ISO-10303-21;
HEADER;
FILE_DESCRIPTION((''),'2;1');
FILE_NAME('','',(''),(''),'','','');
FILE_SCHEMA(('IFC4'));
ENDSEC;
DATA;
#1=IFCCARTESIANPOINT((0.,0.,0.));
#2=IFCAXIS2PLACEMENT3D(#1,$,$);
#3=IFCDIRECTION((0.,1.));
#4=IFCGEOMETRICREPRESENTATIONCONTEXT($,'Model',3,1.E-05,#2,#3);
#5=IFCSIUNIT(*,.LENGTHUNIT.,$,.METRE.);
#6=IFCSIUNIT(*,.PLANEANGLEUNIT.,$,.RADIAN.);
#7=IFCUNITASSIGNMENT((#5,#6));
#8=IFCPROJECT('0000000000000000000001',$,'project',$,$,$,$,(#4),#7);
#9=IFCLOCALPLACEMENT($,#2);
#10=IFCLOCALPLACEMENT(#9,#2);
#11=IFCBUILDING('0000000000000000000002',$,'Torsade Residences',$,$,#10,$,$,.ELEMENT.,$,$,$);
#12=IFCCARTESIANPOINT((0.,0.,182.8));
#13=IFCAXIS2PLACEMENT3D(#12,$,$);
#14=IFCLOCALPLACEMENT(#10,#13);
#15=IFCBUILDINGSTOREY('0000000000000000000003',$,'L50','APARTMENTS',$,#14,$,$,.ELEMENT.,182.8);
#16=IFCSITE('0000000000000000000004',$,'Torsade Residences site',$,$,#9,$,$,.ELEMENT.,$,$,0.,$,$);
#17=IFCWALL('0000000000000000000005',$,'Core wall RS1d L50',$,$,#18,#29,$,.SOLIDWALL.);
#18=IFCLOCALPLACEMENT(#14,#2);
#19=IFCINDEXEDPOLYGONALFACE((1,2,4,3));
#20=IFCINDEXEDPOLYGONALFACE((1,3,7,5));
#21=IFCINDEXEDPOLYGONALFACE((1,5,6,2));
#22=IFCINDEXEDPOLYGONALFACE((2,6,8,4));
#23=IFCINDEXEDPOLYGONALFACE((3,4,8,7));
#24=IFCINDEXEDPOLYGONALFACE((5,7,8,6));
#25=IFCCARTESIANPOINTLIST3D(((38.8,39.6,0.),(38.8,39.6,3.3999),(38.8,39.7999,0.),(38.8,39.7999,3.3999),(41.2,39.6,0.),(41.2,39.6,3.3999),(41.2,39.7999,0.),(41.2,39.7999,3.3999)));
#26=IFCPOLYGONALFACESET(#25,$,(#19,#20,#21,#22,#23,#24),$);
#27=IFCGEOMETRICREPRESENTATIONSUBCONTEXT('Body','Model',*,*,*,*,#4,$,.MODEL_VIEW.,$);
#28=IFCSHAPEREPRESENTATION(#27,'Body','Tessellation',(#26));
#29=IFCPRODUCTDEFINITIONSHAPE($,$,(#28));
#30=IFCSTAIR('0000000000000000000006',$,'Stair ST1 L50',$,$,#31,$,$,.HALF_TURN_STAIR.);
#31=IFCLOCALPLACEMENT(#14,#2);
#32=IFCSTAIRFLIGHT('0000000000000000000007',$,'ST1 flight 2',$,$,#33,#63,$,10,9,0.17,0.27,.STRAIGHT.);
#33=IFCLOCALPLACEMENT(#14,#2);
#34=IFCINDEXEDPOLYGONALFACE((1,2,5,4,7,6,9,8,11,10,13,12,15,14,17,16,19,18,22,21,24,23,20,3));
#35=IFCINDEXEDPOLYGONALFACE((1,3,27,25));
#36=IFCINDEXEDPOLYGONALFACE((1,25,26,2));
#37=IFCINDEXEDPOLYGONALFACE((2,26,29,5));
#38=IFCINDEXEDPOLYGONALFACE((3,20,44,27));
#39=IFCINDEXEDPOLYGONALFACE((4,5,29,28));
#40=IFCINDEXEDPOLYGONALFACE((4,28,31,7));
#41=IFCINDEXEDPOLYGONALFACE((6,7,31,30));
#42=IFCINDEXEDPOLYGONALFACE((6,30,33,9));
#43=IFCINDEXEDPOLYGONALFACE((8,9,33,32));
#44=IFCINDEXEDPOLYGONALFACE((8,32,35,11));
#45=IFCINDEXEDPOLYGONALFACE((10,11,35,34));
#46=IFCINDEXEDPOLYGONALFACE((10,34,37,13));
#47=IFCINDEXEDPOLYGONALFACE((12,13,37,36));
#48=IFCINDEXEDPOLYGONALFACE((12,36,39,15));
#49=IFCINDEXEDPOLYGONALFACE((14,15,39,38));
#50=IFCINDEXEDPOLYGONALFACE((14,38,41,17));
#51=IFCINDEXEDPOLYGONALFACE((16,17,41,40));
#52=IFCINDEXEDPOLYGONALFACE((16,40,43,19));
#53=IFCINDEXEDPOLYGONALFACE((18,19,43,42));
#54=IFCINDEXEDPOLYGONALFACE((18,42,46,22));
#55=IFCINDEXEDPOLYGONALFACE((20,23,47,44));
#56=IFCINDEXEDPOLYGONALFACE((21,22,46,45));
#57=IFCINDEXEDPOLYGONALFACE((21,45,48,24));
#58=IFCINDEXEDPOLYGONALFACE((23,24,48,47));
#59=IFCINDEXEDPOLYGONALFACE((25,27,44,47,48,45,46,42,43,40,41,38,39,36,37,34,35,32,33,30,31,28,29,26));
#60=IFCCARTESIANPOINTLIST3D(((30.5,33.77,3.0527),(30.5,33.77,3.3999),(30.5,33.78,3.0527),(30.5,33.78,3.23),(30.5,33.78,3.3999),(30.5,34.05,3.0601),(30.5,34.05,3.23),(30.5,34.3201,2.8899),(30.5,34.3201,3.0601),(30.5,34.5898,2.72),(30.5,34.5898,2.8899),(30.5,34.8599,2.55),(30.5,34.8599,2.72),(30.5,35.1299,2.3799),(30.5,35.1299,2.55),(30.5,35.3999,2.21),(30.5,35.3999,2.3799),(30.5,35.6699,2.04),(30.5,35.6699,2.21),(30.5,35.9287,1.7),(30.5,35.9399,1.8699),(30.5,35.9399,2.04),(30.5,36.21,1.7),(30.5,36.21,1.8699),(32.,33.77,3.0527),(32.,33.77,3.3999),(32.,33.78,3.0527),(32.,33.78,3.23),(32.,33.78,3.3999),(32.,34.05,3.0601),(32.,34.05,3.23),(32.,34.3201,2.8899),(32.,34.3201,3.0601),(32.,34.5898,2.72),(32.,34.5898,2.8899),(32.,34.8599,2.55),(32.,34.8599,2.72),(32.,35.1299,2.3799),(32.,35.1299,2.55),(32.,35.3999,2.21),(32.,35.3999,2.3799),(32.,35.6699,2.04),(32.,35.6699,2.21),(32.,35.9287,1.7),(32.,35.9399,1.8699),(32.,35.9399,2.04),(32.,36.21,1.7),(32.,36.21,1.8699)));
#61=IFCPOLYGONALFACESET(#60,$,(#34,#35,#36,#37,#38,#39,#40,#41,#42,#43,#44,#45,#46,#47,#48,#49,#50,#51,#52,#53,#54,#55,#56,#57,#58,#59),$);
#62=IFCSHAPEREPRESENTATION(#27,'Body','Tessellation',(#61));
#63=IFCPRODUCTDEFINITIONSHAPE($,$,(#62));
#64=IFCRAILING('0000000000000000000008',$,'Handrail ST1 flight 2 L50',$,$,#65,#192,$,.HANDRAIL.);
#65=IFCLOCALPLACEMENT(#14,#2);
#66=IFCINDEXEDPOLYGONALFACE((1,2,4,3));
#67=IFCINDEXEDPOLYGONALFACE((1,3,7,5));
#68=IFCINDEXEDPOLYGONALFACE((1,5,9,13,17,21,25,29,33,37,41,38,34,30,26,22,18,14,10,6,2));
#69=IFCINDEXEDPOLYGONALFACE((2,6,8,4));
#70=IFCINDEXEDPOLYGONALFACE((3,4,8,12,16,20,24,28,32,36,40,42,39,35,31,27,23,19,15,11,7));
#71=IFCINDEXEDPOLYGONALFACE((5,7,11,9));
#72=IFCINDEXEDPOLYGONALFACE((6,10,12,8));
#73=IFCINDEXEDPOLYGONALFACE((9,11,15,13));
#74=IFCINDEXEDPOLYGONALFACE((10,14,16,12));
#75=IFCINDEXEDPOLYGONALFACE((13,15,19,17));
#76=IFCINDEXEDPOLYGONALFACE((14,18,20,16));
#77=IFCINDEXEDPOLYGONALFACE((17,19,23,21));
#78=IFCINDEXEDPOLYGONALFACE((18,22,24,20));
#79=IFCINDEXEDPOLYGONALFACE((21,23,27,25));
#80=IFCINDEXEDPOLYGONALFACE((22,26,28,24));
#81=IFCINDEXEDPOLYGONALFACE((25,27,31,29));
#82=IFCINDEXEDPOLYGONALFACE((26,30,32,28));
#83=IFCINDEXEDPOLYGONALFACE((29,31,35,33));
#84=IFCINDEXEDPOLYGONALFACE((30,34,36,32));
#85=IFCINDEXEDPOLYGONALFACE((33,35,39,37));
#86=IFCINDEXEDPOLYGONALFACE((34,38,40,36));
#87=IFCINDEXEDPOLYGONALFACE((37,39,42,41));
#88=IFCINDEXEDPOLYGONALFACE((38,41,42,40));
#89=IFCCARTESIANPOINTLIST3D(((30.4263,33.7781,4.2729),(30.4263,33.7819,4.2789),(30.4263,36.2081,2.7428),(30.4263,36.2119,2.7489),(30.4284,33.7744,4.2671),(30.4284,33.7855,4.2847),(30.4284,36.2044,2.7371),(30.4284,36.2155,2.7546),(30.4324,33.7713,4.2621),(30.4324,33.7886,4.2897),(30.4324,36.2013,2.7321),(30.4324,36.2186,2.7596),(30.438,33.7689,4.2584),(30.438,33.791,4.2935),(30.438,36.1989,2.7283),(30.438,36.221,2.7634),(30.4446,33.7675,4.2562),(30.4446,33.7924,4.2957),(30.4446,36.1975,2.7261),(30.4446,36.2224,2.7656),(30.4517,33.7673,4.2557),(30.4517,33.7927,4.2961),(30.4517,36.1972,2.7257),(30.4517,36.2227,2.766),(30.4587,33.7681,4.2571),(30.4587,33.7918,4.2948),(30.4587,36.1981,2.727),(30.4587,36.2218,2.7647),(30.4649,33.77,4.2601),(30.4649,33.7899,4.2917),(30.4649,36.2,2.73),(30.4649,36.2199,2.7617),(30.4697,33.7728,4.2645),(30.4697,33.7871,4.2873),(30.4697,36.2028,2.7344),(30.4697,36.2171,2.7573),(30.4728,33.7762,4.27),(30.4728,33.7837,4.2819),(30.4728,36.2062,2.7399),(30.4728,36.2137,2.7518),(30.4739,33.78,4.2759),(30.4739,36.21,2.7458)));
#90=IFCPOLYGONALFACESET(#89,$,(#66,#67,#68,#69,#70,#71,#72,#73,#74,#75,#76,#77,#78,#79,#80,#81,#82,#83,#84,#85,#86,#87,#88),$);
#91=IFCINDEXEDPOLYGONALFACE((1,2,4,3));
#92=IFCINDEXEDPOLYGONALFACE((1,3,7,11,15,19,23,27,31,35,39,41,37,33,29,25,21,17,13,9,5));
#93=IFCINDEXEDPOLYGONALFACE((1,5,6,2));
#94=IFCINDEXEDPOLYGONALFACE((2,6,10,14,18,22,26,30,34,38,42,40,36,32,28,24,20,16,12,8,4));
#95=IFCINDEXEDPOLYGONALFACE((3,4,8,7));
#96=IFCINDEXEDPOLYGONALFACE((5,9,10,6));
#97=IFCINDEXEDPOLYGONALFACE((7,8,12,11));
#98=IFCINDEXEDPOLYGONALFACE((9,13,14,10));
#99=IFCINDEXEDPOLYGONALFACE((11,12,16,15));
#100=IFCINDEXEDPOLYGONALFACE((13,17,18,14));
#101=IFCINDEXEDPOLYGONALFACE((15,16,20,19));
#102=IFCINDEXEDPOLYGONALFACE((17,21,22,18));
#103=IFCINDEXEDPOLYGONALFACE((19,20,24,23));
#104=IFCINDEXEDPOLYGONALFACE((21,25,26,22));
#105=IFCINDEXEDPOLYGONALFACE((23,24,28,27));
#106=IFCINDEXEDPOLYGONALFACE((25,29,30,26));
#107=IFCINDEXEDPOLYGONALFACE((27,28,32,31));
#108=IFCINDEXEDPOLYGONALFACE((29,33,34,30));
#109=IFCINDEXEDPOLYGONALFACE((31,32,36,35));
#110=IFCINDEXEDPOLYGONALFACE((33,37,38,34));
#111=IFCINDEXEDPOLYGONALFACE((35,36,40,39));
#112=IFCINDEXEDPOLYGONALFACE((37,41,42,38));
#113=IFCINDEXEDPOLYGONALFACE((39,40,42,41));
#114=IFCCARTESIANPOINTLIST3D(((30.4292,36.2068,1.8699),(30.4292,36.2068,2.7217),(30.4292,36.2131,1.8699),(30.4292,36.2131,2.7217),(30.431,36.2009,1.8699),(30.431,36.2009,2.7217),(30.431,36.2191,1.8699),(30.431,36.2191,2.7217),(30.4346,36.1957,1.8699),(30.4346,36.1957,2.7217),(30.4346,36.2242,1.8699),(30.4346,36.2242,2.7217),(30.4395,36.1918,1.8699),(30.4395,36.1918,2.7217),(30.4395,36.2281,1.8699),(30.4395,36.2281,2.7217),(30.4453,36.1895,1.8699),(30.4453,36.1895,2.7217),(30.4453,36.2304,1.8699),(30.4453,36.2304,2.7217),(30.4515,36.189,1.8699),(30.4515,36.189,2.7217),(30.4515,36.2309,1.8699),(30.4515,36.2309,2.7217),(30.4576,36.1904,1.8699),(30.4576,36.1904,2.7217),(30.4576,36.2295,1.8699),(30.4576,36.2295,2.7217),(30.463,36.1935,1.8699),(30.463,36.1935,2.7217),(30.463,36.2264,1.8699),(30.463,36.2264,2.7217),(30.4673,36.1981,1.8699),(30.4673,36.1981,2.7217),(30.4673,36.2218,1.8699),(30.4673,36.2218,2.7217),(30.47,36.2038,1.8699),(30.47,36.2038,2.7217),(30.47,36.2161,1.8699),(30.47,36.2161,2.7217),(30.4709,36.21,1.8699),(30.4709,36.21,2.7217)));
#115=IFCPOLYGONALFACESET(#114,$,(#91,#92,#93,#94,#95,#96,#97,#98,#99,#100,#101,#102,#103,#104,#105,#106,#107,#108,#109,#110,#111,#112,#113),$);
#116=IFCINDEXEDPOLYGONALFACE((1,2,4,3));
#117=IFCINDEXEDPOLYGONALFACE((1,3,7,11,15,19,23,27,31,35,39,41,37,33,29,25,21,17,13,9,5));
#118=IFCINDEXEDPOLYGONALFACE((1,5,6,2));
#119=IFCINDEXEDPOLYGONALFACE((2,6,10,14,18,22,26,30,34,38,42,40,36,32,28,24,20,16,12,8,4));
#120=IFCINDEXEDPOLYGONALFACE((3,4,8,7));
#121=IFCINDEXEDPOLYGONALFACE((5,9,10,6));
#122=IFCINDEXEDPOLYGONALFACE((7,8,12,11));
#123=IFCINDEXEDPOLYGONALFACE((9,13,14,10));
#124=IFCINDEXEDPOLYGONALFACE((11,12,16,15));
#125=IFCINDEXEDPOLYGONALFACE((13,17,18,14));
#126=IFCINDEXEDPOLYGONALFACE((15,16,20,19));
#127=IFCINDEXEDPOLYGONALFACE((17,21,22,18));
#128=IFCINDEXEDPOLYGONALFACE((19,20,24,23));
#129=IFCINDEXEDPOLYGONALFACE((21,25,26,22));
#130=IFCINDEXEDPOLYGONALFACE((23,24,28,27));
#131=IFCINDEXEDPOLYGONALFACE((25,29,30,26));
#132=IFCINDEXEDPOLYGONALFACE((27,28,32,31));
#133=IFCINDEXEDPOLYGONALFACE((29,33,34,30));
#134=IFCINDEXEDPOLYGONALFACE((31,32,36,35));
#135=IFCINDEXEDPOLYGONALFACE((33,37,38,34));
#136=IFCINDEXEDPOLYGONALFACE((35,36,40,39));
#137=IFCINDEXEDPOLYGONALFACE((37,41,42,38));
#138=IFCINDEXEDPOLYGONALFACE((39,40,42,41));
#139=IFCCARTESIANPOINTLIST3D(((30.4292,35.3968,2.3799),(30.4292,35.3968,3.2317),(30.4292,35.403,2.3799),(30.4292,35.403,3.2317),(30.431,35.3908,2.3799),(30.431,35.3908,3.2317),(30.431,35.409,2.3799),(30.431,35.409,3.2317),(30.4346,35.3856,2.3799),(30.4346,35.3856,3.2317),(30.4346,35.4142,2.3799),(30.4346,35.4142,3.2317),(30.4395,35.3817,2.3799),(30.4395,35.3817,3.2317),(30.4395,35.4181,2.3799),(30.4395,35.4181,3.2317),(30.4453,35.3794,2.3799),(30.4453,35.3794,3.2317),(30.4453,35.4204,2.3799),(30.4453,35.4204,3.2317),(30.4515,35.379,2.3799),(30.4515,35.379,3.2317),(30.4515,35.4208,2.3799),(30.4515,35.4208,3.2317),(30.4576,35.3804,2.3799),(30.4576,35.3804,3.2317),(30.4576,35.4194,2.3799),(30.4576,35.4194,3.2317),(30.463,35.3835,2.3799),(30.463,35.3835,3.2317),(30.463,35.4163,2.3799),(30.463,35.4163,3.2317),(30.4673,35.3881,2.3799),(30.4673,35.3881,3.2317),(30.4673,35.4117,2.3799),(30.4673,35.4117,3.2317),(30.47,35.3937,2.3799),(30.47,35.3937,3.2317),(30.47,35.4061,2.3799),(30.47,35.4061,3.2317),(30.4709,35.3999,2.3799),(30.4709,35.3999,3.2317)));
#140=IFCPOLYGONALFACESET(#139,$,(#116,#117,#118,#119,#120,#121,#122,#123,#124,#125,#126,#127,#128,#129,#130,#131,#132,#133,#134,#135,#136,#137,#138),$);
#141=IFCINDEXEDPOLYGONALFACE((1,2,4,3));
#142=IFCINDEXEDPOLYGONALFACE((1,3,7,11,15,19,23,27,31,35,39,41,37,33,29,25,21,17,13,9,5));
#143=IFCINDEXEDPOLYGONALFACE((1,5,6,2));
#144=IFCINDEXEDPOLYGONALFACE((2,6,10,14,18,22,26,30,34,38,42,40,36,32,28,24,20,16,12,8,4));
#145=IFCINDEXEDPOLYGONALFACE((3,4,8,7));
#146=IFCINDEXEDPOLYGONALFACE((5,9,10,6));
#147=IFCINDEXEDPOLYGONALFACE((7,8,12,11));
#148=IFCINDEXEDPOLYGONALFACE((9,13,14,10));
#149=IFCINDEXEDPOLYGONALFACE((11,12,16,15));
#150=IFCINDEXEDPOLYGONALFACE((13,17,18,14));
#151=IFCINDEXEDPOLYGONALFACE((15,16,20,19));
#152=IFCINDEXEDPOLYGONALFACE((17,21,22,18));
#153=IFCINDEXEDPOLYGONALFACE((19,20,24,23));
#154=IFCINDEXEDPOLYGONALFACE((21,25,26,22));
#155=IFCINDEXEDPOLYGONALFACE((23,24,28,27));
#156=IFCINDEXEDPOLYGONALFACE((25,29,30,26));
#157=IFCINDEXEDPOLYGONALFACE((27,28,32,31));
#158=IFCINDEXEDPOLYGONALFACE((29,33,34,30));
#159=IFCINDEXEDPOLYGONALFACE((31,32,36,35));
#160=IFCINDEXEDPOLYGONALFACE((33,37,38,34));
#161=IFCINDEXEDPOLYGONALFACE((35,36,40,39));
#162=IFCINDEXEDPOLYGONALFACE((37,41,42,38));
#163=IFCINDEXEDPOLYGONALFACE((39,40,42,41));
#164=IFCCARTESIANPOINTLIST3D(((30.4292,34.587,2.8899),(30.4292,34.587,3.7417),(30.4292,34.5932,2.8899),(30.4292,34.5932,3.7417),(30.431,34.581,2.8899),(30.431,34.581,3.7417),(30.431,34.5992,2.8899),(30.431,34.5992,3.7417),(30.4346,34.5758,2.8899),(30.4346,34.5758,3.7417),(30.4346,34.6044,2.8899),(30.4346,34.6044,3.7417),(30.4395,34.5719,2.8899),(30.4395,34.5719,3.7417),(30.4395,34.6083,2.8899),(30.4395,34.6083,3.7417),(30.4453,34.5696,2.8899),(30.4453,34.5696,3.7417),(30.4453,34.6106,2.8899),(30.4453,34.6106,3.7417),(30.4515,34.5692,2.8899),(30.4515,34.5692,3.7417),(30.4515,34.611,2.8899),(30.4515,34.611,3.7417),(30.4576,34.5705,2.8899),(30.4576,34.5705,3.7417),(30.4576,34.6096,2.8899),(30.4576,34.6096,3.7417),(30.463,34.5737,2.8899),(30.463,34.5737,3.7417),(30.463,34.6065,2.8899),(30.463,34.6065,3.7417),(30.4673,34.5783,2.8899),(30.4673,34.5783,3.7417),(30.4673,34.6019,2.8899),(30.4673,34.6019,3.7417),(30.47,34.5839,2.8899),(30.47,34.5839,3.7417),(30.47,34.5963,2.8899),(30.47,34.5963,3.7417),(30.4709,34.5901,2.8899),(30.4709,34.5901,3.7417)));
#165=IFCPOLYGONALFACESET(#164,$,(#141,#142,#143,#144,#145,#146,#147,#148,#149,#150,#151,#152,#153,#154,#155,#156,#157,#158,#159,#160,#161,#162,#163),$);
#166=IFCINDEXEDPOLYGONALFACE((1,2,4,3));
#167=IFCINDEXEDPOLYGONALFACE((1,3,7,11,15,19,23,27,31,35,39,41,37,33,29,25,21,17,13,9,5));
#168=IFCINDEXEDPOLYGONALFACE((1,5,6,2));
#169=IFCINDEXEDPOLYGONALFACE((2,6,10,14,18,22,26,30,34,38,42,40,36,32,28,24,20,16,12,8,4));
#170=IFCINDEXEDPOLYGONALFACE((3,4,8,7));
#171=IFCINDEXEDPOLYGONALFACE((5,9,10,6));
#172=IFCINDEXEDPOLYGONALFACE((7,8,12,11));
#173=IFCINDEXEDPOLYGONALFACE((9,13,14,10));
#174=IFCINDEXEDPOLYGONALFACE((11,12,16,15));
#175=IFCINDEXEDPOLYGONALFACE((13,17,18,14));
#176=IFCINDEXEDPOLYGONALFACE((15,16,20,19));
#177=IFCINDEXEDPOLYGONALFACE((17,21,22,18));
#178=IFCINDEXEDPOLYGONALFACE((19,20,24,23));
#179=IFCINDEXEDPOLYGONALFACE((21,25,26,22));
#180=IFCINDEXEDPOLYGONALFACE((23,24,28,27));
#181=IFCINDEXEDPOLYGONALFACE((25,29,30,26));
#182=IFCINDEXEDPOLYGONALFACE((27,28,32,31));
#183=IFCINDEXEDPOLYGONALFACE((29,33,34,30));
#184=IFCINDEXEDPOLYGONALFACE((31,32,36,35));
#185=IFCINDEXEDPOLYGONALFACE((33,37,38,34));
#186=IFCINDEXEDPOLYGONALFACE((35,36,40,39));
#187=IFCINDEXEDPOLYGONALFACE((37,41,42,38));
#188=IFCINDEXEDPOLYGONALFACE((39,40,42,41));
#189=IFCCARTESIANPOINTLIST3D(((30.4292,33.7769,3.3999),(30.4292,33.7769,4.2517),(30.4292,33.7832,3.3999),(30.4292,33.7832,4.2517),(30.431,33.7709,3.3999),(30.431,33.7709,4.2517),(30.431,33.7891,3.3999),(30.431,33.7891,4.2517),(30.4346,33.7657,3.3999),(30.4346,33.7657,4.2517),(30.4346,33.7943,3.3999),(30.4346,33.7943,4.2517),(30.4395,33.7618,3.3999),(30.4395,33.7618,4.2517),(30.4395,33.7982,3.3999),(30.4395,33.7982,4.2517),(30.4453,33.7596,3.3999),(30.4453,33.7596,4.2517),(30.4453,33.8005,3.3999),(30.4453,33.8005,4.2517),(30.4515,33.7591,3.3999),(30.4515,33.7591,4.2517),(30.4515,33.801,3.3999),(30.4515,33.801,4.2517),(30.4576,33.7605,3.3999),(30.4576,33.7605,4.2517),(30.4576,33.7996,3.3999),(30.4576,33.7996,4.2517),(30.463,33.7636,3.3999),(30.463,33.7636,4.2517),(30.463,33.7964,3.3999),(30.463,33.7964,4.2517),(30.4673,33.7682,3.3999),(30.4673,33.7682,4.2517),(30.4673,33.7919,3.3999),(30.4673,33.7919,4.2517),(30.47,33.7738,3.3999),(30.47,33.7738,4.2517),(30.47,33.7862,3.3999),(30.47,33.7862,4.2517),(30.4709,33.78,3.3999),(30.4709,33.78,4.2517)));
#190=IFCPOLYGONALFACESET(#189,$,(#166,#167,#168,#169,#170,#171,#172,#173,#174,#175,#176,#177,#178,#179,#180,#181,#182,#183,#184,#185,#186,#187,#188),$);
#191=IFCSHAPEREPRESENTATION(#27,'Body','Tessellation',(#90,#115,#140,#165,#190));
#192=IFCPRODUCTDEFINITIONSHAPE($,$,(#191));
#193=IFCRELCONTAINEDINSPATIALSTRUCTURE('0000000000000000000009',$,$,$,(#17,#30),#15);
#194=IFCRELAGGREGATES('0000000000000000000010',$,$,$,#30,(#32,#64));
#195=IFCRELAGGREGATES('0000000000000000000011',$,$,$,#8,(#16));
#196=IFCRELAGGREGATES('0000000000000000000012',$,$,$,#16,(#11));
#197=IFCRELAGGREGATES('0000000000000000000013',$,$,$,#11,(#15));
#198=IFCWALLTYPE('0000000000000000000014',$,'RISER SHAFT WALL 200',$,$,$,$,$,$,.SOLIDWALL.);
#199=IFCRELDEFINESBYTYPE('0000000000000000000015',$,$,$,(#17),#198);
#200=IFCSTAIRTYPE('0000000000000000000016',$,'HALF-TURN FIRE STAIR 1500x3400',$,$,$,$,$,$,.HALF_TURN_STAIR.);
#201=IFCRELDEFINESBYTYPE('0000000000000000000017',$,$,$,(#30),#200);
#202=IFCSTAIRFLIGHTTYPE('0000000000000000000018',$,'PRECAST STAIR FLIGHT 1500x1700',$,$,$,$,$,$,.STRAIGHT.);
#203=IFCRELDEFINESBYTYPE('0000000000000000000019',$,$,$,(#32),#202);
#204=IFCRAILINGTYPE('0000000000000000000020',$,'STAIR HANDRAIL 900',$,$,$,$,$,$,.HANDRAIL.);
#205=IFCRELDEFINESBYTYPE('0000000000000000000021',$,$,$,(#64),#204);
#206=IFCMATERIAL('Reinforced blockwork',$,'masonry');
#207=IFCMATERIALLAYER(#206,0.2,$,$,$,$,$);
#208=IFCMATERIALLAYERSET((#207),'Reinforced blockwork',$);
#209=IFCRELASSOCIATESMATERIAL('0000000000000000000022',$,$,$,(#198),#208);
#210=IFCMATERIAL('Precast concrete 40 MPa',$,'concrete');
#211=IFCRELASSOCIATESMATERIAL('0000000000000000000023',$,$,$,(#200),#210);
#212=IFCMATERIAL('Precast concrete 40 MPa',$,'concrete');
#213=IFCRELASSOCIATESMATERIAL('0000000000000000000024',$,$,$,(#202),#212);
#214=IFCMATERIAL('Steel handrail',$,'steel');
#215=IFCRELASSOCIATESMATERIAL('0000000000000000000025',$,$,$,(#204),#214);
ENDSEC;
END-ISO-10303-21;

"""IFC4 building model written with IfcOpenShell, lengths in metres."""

from ifc_helpers import new_model, si_unit, direction, frame, frame_2d, origin, origin_2d, place, context, subcontext, project, spatial, polyline, rectangle, circle, outline, extrude, material, layer, layer_set, type_object, element, aggregate, save


model = new_model("IFC4")

# Units and contexts
model_context = context("Model", 3, precision=1e-05, world=origin(), true_north=direction((0.0, 1.0)))
body_context = subcontext(model_context, "Body", "Model", "MODEL_VIEW")
ifc_project = project(units=[si_unit("LENGTHUNIT", "METRE"), si_unit("PLANEANGLEUNIT", "RADIAN")], contexts=[model_context])

# Site, building, storey
site_placement = place(None, origin())
site = spatial("IfcSite", under=ifc_project, at=site_placement, Name="Torsade Residences site", CompositionType="ELEMENT", RefElevation=0.0)
building_placement = place(site_placement, origin())
building = spatial("IfcBuilding", under=site, at=building_placement, Name="Torsade Residences", CompositionType="ELEMENT")
storey_placement = place(building_placement, frame((0.0, 0.0, 182.8)))
storey = spatial("IfcBuildingStorey", under=building, at=storey_placement, Name="L50", Description="APARTMENTS", CompositionType="ELEMENT", Elevation=182.8)

# Wall
ifc_material_1 = material(Name="Reinforced blockwork", Category="masonry")
ifc_layer_1 = layer(ifc_material_1, 0.2)
ifc_layer_set_1 = layer_set([ifc_layer_1], Name="Reinforced blockwork")
wall_type_1 = type_object("IfcWallType", Name="RISER SHAFT WALL 200", PredefinedType="SOLIDWALL", material=ifc_layer_set_1)
for number, where, z_axis, x_axis, name in (
    (1, (38.8, 39.7, 0.0), (0.0, 0.0, 1.0), (1.0, 0.0, 0.0), "Core wall RS1d L50"),
):
    element("IfcWall", number, at=place(storey_placement, frame(where, z_axis=z_axis, x_axis=x_axis)), inside=storey, type_object=wall_type_1, Name=name, PredefinedType="SOLIDWALL", context=body_context, shape_type="SweptSolid", body=[
        extrude(rectangle(XDim=2.3999, YDim=0.2, at=frame_2d((1.2, 0.0))), origin(), (0.0, 0.0, 1.0), 3.3999),
    ])

# Stair, stair flight, railing
ifc_material_2 = material(Name="Precast concrete 40 MPa", Category="concrete")
stair_type = type_object("IfcStairType", Name="HALF-TURN FIRE STAIR 1500x3400", PredefinedType="HALF_TURN_STAIR", material=ifc_material_2)
stair_placement = place(storey_placement, origin())
stair = element("IfcStair", 2, at=stair_placement, inside=storey, type_object=stair_type, Name="Stair ST1 L50", PredefinedType="HALF_TURN_STAIR")
ifc_material_3 = material(Name="Precast concrete 40 MPa", Category="concrete")
stair_flight_type = type_object("IfcStairFlightType", Name="PRECAST STAIR FLIGHT 1500x1700", PredefinedType="STRAIGHT", material=ifc_material_3)
stair_flight_placement = place(storey_placement, frame((31.25, 36.21, 1.7), z_axis=(0.0, 0.0, 1.0), x_axis=(0.0, -1.0, 0.0)))
stair_flight = element("IfcStairFlight", 3, at=stair_flight_placement, type_object=stair_flight_type, Name="ST1 flight 2", NumberOfRisers=10, NumberOfTreads=9, PredefinedType="STRAIGHT", RiserHeight=0.17, TreadLength=0.27, context=body_context, shape_type="SweptSolid", body=[
    extrude(outline(polyline([(0.0, 0.0), (0.0, 0.1699), (0.27, 0.1699), (0.27, 0.3401), (0.54, 0.3401), (0.54, 0.51), (0.8101, 0.51), (0.8101, 0.6799), (1.0801, 0.6799), (1.0801, 0.8501), (1.3501, 0.8501), (1.3501, 1.02), (1.6201, 1.02), (1.6201, 1.1899), (1.8899, 1.1899), (1.8899, 1.3601), (2.1599, 1.3601), (2.1599, 1.53), (2.4299, 1.53), (2.4299, 1.7), (2.4399, 1.7), (2.4399, 1.3528), (2.4299, 1.3528), (0.2812, 0.0), (0.0, 0.0)])), frame((0.0, 0.75, 0.0), z_axis=(0.0, -1.0, 0.0), x_axis=(1.0, 0.0, 0.0)), (0.0, 0.0, 1.0), 1.5),
])
ifc_material_4 = material(Name="Steel handrail", Category="steel")
railing_type = type_object("IfcRailingType", Name="STAIR HANDRAIL 900", PredefinedType="HANDRAIL", material=ifc_material_4)
railing_placement = place(storey_placement, frame((30.45, 36.21, 1.8699)))
railing = element("IfcRailing", 4, at=railing_placement, type_object=railing_type, Name="Handrail ST1 flight 2 L50", PredefinedType="HANDRAIL", context=body_context, shape_type="SweptSolid", body=[
    extrude(circle(Radius=0.0239, at=origin_2d()), frame((0.0, 0.0, 0.876), z_axis=(0.0, -0.846221, 0.532831), x_axis=(1.0, 0.0, 0.0)), (0.0, 0.0, 1.0), 2.8716),
    extrude(circle(Radius=0.021, at=origin_2d()), origin(), (0.0, 0.0, 1.0), 0.8518),
    extrude(circle(Radius=0.021, at=origin_2d()), frame((0.0, -0.8101, 0.51)), (0.0, 0.0, 1.0), 0.8518),
    extrude(circle(Radius=0.021, at=origin_2d()), frame((0.0, -1.6199, 1.02)), (0.0, 0.0, 1.0), 0.8518),
    extrude(circle(Radius=0.021, at=origin_2d()), frame((0.0, -2.4299, 1.53)), (0.0, 0.0, 1.0), 0.8518),
])
aggregate(stair, [stair_flight, railing])

save(model, "model.ifc")
